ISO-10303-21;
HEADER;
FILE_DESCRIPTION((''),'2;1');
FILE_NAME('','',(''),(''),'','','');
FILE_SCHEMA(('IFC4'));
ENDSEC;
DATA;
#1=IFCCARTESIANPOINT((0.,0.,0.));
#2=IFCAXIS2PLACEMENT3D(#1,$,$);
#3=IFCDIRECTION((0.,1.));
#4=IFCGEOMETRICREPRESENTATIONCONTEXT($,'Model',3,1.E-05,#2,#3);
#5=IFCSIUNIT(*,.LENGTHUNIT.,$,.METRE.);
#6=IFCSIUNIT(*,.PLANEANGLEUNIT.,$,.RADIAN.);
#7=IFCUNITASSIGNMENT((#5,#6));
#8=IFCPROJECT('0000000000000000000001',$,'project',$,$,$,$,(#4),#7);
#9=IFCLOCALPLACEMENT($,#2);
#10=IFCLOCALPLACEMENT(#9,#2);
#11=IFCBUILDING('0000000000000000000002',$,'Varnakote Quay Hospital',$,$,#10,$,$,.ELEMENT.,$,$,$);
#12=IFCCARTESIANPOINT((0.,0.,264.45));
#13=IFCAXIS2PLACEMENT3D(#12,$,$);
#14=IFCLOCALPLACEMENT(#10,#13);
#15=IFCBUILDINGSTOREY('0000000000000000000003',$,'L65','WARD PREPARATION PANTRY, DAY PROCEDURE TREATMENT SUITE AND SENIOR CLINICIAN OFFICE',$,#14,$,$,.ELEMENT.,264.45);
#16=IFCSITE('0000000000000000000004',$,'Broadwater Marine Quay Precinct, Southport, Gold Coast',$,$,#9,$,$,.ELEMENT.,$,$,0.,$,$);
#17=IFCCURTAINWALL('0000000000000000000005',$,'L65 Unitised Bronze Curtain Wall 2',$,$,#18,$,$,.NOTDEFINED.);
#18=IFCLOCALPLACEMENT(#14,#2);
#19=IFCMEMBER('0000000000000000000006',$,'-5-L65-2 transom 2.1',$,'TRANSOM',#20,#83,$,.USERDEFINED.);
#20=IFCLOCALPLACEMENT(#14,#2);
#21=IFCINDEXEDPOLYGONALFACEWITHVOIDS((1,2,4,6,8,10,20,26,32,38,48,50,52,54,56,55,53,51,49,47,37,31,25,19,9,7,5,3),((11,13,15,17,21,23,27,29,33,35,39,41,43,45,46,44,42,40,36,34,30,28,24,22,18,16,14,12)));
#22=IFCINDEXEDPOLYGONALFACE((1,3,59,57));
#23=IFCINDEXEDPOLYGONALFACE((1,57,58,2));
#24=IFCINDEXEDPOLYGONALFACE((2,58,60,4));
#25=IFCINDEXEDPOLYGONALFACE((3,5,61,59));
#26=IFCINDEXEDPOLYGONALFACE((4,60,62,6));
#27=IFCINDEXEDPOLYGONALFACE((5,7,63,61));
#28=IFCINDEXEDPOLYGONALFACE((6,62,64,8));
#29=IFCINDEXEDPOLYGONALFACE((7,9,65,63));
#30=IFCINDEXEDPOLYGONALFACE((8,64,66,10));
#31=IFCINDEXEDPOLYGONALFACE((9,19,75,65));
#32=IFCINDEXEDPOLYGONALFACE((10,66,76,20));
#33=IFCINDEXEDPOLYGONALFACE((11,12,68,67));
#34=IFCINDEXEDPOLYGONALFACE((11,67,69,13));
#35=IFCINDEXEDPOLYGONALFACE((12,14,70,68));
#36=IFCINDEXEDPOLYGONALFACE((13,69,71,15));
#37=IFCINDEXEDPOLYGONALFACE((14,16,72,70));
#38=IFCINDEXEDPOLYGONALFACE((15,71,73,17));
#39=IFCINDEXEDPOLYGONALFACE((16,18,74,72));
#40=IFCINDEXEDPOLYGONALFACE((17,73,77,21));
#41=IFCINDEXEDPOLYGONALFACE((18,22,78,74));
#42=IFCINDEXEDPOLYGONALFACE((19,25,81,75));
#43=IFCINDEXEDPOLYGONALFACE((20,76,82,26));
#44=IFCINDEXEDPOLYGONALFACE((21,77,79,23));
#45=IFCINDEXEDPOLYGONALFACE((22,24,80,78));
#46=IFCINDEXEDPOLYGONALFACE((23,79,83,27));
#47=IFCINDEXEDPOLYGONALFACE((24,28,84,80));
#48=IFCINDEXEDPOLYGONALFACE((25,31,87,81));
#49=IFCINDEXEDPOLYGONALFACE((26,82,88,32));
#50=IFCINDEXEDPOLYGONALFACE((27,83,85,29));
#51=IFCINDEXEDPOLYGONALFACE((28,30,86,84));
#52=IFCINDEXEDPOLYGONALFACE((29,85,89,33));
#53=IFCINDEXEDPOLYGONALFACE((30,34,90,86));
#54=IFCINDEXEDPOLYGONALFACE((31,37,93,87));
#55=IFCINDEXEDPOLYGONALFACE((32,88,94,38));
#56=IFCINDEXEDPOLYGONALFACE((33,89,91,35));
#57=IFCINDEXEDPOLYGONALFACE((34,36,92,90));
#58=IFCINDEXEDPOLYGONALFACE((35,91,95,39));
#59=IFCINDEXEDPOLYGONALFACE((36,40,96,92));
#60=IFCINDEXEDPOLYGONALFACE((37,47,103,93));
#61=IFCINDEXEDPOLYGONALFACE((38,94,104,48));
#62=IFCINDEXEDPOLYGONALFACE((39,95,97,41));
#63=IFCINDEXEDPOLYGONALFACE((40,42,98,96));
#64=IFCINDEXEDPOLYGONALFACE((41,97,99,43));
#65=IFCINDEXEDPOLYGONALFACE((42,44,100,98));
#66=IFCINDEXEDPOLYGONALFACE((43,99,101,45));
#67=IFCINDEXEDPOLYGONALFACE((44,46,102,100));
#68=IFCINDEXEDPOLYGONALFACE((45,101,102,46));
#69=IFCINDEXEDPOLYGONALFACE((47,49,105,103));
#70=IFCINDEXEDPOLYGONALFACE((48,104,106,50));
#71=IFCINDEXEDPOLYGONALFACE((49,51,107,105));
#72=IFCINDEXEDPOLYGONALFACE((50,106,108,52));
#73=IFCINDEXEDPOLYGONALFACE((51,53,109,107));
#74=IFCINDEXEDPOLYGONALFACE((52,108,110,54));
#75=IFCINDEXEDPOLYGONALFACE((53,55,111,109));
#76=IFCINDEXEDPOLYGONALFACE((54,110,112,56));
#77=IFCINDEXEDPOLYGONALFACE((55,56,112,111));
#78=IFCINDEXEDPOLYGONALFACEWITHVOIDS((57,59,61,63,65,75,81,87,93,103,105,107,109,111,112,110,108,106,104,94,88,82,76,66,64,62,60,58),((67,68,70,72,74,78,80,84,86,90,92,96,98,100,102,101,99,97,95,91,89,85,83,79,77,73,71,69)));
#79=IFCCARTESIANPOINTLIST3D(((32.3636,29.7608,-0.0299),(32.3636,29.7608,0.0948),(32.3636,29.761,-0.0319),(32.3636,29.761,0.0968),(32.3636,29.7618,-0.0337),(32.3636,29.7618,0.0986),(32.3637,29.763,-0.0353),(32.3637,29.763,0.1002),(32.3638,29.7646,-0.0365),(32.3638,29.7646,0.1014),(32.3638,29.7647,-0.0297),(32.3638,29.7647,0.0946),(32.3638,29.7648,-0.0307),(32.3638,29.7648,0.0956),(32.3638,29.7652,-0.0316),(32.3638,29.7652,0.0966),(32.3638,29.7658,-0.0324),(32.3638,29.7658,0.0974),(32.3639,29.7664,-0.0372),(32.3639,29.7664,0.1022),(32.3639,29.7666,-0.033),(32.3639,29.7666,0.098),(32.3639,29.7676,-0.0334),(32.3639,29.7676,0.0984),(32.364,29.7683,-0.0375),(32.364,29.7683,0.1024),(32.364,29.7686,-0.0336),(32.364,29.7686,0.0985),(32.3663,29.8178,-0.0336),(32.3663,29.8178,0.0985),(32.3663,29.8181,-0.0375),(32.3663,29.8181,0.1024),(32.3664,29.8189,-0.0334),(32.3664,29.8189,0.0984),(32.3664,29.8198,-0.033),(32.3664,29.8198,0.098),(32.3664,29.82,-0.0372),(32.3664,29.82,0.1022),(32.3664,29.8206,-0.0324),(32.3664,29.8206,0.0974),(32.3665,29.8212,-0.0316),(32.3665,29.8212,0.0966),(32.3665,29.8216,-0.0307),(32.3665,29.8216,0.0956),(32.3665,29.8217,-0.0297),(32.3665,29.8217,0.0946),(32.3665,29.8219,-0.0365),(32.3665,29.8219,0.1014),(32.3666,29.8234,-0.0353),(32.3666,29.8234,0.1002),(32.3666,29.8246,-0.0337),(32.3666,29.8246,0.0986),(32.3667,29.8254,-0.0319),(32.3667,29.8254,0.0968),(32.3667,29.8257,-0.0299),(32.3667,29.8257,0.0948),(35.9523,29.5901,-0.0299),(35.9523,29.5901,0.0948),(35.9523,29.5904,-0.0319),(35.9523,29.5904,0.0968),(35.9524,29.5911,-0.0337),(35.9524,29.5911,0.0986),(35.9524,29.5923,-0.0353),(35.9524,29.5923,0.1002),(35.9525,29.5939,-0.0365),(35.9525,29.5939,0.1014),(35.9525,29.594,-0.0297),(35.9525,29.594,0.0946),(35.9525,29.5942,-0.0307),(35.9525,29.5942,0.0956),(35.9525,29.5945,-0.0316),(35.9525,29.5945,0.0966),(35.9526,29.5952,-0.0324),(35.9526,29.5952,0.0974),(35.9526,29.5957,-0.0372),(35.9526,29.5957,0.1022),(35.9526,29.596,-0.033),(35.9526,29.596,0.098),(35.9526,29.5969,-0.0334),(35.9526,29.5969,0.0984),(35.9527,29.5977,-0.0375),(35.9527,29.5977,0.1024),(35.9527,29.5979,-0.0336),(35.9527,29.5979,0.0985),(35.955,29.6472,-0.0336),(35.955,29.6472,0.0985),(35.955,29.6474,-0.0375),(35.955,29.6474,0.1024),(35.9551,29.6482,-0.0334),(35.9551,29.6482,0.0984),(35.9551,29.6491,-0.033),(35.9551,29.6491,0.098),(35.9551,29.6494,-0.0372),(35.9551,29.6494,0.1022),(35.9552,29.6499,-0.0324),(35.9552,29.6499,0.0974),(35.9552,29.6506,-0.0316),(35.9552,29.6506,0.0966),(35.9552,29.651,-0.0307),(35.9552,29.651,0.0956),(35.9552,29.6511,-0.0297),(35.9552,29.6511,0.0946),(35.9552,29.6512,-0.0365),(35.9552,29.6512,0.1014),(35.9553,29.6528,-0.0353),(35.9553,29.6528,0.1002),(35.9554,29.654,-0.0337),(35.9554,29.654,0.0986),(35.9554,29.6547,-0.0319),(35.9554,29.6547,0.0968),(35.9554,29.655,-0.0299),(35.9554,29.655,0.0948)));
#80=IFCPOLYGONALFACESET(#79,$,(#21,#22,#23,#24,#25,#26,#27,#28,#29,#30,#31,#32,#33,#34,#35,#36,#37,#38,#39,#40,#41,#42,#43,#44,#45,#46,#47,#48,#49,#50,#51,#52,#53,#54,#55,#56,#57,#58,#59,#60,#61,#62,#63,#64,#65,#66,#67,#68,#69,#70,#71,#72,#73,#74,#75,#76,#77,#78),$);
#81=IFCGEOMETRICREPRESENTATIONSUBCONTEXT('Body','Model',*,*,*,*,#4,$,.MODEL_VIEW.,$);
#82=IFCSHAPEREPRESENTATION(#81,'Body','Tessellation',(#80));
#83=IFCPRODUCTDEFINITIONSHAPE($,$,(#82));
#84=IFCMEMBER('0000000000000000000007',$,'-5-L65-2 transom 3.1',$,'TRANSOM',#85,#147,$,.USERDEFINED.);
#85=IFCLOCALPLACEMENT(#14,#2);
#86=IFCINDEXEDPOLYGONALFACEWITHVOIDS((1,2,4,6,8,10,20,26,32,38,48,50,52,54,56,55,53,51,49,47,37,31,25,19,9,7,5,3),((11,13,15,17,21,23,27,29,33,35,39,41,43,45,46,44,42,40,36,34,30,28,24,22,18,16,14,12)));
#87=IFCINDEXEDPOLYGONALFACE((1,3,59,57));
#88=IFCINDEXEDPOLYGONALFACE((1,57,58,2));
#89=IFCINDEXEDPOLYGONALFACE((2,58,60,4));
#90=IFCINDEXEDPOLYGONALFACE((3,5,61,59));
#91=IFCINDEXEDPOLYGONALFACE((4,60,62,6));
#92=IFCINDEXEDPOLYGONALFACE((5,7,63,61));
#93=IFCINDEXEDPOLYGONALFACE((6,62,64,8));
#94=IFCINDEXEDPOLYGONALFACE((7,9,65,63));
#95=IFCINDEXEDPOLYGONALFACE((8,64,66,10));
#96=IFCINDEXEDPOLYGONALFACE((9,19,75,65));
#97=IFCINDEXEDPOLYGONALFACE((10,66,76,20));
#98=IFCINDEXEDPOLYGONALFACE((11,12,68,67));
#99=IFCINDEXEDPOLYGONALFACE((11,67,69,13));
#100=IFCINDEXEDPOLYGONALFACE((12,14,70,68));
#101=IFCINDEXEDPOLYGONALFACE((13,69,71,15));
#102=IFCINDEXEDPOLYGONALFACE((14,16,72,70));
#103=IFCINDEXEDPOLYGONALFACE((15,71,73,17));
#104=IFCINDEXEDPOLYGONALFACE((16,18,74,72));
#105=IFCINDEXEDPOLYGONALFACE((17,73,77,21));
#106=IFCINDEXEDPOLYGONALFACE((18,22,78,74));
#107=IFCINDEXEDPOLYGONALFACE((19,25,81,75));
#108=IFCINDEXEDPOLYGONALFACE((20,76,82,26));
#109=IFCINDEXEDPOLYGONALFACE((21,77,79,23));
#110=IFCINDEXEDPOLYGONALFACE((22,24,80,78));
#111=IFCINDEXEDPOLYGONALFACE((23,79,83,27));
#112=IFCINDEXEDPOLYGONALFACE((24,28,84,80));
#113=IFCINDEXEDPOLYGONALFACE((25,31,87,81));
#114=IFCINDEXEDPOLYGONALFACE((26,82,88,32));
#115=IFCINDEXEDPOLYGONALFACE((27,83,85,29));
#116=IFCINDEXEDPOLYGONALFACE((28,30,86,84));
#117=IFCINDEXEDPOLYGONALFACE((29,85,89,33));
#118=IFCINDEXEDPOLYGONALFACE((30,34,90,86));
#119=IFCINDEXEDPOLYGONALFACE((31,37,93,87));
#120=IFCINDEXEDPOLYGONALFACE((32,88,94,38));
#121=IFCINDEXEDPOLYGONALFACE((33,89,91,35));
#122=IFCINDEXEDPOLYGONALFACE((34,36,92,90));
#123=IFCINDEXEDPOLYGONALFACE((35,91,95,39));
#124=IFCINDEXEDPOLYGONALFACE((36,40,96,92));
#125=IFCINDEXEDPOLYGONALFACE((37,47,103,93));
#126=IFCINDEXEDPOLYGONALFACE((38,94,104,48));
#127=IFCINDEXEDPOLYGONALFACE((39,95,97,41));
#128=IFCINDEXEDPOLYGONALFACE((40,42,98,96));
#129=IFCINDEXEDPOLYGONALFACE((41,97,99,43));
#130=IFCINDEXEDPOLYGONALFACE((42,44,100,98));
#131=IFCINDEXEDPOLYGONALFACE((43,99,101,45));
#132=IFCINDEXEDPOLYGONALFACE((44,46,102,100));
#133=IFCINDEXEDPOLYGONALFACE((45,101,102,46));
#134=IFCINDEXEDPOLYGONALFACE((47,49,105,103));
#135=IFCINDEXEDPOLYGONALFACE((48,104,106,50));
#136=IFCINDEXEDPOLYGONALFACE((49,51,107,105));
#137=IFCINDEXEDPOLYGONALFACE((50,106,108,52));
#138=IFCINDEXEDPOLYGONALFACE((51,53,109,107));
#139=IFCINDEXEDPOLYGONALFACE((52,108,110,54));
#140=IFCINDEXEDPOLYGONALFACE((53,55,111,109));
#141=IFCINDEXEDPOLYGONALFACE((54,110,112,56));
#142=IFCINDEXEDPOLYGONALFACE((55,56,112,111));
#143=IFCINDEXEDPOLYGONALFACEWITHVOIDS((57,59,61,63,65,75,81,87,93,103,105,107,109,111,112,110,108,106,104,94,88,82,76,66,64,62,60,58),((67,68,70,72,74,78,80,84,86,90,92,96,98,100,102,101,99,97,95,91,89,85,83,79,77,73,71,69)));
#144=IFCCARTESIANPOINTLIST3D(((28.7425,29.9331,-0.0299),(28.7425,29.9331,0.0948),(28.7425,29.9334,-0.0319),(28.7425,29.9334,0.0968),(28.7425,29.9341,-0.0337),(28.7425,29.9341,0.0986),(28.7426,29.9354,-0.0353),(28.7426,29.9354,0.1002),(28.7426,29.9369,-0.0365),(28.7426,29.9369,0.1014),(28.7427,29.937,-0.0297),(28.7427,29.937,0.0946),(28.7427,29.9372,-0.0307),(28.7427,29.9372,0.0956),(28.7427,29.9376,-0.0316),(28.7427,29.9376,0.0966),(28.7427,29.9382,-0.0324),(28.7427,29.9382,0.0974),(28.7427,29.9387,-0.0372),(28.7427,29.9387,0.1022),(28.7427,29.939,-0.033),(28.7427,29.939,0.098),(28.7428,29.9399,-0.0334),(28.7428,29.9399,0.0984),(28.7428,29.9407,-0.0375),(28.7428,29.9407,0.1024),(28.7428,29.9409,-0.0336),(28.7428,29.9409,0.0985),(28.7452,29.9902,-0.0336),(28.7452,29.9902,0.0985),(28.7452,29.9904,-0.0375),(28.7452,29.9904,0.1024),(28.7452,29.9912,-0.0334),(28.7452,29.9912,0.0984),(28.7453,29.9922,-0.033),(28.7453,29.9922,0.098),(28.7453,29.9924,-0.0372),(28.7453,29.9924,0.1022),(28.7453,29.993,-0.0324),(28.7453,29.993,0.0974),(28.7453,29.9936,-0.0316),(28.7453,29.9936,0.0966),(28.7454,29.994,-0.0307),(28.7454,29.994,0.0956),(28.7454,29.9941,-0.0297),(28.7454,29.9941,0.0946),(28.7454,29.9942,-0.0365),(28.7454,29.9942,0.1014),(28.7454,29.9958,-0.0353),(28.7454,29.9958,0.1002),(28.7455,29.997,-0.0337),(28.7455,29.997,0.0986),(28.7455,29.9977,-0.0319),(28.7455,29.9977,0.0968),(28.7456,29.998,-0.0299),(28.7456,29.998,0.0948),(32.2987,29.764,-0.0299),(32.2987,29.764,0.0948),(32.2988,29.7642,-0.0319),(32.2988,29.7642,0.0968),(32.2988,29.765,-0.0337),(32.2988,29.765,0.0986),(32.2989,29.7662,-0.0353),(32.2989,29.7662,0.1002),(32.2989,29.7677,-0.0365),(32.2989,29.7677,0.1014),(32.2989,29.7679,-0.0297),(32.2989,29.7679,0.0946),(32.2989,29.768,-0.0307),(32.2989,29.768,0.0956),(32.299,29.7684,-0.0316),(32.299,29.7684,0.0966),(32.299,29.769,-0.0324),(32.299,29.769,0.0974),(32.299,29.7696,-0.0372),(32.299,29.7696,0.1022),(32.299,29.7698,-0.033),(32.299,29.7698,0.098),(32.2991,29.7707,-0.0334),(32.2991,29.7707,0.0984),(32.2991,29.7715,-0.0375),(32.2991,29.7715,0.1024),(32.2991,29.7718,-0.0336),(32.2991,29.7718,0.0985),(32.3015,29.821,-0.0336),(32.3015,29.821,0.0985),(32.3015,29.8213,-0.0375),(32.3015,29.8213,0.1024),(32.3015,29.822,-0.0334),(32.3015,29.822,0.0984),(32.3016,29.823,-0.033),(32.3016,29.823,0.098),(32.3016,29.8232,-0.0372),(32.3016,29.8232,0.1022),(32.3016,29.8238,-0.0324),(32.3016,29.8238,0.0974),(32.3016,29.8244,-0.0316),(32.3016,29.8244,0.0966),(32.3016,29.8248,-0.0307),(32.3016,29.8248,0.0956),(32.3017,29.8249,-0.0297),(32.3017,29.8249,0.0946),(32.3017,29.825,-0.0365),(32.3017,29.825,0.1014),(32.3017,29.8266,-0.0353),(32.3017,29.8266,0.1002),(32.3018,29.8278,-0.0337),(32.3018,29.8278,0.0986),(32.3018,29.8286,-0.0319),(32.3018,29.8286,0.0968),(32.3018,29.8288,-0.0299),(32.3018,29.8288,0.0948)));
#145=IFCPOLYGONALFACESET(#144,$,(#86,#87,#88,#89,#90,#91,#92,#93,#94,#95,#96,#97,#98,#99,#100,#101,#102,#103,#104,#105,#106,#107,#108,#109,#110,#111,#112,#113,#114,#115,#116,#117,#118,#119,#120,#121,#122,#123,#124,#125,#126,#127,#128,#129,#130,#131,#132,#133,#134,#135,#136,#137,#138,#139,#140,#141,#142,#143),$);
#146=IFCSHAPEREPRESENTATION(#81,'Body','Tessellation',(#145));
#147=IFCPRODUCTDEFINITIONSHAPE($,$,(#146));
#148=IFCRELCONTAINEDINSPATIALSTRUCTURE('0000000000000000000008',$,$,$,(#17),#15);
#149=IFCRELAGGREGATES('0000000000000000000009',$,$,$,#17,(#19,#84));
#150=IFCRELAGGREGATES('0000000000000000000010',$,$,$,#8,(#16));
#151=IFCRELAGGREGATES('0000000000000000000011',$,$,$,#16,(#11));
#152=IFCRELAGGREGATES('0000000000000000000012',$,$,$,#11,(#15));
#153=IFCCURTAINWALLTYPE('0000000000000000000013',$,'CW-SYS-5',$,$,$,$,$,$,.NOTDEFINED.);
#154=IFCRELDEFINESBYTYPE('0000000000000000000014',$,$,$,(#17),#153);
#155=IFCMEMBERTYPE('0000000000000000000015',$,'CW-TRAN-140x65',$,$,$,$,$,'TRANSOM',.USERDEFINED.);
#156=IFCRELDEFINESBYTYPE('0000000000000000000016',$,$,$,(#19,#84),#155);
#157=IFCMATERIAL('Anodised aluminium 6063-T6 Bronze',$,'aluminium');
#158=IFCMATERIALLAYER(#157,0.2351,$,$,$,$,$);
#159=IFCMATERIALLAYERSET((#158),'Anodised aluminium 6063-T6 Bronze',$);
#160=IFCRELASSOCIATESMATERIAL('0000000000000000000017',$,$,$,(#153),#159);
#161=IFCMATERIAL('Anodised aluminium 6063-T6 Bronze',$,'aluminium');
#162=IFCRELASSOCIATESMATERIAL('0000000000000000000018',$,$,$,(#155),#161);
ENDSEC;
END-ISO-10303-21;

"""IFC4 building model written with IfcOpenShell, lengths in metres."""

from ifc_helpers import new_model, si_unit, direction, frame, origin, origin_2d, place, context, subcontext, project, spatial, hollow_rectangle, extrude, material, layer, layer_set, material_profile, profile_set, type_object, element, aggregate, save


model = new_model("IFC4")

# Units and contexts
model_context = context("Model", 3, precision=1e-05, world=origin(), true_north=direction((0.0, 1.0)))
body_context = subcontext(model_context, "Body", "Model", "MODEL_VIEW")
ifc_project = project(units=[si_unit("LENGTHUNIT", "METRE"), si_unit("PLANEANGLEUNIT", "RADIAN")], contexts=[model_context])

# Site, building, storey
site_placement = place(None, origin())
site = spatial("IfcSite", under=ifc_project, at=site_placement, Name="Broadwater Marine Quay Precinct, Southport, Gold Coast", CompositionType="ELEMENT", RefElevation=0.0)
building_placement = place(site_placement, origin())
building = spatial("IfcBuilding", under=site, at=building_placement, Name="Varnakote Quay Hospital", CompositionType="ELEMENT")
storey_placement = place(building_placement, frame((0.0, 0.0, 264.45)))
storey = spatial("IfcBuildingStorey", under=building, at=storey_placement, Name="L65", Description="WARD PREPARATION PANTRY, DAY PROCEDURE TREATMENT SUITE AND SENIOR CLINICIAN OFFICE", CompositionType="ELEMENT", Elevation=264.45)

# Curtain wall, members
ifc_material_1 = material(Name="Anodised aluminium 6063-T6 Bronze", Category="aluminium")
ifc_layer_1 = layer(ifc_material_1, 0.2351)
ifc_layer_set_1 = layer_set([ifc_layer_1], Name="Anodised aluminium 6063-T6 Bronze")
curtain_wall_type = type_object("IfcCurtainWallType", Name="CW-SYS-5", PredefinedType="NOTDEFINED", material=ifc_layer_set_1)
curtain_wall_placement = place(storey_placement, origin())
curtain_wall = element("IfcCurtainWall", 1, at=curtain_wall_placement, inside=storey, type_object=curtain_wall_type, Name="L65 Unitised Bronze Curtain Wall 2", PredefinedType="NOTDEFINED")
ifc_material_2 = material(Name="Anodised aluminium 6063-T6 Bronze", Category="aluminium")
ifc_material_profile_1 = material_profile(ifc_material_2, hollow_rectangle(XDim=0.0649, YDim=0.1399, WallThickness=0.0039, InnerFilletRadius=0.0039, OuterFilletRadius=0.0076, at=origin_2d()), Name="CW-TRAN-140x65")
ifc_profile_set_1 = profile_set([ifc_material_profile_1], Name="Anodised aluminium 6063-T6 Bronze")
member_type_1 = type_object("IfcMemberType", Name="CW-TRAN-140x65", ElementType="TRANSOM", PredefinedType="USERDEFINED", material=ifc_profile_set_1)
member_1_placement = place(storey_placement, frame((35.9539, 29.6226, 0.0325), z_axis=(-0.998871, 0.047501, 0.0), x_axis=(-0.047501, -0.998871, 0.0)))
member_1 = element("IfcMember", 2, at=member_1_placement, type_object=member_type_1, Name="-5-L65-2 transom 2.1", ObjectType="TRANSOM", PredefinedType="USERDEFINED", context=body_context, shape_type="SweptSolid", body=[
    extrude(hollow_rectangle(XDim=0.0649, YDim=0.1399, WallThickness=0.0039, InnerFilletRadius=0.0039, OuterFilletRadius=0.0076, at=origin_2d()), origin(), (0.0, 0.0, 1.0), 3.5928),
])
member_2_placement = place(storey_placement, frame((32.3003, 29.7964, 0.0325), z_axis=(-0.99887, 0.04752, 0.0), x_axis=(-0.04752, -0.99887, 0.0)))
member_2 = element("IfcMember", 3, at=member_2_placement, type_object=member_type_1, Name="-5-L65-2 transom 3.1", ObjectType="TRANSOM", PredefinedType="USERDEFINED", context=body_context, shape_type="SweptSolid", body=[
    extrude(hollow_rectangle(XDim=0.0649, YDim=0.1399, WallThickness=0.0039, InnerFilletRadius=0.0039, OuterFilletRadius=0.0076, at=origin_2d()), origin(), (0.0, 0.0, 1.0), 3.5603),
])

aggregate(curtain_wall, [member_1, member_2])

save(model, "model.ifc")
